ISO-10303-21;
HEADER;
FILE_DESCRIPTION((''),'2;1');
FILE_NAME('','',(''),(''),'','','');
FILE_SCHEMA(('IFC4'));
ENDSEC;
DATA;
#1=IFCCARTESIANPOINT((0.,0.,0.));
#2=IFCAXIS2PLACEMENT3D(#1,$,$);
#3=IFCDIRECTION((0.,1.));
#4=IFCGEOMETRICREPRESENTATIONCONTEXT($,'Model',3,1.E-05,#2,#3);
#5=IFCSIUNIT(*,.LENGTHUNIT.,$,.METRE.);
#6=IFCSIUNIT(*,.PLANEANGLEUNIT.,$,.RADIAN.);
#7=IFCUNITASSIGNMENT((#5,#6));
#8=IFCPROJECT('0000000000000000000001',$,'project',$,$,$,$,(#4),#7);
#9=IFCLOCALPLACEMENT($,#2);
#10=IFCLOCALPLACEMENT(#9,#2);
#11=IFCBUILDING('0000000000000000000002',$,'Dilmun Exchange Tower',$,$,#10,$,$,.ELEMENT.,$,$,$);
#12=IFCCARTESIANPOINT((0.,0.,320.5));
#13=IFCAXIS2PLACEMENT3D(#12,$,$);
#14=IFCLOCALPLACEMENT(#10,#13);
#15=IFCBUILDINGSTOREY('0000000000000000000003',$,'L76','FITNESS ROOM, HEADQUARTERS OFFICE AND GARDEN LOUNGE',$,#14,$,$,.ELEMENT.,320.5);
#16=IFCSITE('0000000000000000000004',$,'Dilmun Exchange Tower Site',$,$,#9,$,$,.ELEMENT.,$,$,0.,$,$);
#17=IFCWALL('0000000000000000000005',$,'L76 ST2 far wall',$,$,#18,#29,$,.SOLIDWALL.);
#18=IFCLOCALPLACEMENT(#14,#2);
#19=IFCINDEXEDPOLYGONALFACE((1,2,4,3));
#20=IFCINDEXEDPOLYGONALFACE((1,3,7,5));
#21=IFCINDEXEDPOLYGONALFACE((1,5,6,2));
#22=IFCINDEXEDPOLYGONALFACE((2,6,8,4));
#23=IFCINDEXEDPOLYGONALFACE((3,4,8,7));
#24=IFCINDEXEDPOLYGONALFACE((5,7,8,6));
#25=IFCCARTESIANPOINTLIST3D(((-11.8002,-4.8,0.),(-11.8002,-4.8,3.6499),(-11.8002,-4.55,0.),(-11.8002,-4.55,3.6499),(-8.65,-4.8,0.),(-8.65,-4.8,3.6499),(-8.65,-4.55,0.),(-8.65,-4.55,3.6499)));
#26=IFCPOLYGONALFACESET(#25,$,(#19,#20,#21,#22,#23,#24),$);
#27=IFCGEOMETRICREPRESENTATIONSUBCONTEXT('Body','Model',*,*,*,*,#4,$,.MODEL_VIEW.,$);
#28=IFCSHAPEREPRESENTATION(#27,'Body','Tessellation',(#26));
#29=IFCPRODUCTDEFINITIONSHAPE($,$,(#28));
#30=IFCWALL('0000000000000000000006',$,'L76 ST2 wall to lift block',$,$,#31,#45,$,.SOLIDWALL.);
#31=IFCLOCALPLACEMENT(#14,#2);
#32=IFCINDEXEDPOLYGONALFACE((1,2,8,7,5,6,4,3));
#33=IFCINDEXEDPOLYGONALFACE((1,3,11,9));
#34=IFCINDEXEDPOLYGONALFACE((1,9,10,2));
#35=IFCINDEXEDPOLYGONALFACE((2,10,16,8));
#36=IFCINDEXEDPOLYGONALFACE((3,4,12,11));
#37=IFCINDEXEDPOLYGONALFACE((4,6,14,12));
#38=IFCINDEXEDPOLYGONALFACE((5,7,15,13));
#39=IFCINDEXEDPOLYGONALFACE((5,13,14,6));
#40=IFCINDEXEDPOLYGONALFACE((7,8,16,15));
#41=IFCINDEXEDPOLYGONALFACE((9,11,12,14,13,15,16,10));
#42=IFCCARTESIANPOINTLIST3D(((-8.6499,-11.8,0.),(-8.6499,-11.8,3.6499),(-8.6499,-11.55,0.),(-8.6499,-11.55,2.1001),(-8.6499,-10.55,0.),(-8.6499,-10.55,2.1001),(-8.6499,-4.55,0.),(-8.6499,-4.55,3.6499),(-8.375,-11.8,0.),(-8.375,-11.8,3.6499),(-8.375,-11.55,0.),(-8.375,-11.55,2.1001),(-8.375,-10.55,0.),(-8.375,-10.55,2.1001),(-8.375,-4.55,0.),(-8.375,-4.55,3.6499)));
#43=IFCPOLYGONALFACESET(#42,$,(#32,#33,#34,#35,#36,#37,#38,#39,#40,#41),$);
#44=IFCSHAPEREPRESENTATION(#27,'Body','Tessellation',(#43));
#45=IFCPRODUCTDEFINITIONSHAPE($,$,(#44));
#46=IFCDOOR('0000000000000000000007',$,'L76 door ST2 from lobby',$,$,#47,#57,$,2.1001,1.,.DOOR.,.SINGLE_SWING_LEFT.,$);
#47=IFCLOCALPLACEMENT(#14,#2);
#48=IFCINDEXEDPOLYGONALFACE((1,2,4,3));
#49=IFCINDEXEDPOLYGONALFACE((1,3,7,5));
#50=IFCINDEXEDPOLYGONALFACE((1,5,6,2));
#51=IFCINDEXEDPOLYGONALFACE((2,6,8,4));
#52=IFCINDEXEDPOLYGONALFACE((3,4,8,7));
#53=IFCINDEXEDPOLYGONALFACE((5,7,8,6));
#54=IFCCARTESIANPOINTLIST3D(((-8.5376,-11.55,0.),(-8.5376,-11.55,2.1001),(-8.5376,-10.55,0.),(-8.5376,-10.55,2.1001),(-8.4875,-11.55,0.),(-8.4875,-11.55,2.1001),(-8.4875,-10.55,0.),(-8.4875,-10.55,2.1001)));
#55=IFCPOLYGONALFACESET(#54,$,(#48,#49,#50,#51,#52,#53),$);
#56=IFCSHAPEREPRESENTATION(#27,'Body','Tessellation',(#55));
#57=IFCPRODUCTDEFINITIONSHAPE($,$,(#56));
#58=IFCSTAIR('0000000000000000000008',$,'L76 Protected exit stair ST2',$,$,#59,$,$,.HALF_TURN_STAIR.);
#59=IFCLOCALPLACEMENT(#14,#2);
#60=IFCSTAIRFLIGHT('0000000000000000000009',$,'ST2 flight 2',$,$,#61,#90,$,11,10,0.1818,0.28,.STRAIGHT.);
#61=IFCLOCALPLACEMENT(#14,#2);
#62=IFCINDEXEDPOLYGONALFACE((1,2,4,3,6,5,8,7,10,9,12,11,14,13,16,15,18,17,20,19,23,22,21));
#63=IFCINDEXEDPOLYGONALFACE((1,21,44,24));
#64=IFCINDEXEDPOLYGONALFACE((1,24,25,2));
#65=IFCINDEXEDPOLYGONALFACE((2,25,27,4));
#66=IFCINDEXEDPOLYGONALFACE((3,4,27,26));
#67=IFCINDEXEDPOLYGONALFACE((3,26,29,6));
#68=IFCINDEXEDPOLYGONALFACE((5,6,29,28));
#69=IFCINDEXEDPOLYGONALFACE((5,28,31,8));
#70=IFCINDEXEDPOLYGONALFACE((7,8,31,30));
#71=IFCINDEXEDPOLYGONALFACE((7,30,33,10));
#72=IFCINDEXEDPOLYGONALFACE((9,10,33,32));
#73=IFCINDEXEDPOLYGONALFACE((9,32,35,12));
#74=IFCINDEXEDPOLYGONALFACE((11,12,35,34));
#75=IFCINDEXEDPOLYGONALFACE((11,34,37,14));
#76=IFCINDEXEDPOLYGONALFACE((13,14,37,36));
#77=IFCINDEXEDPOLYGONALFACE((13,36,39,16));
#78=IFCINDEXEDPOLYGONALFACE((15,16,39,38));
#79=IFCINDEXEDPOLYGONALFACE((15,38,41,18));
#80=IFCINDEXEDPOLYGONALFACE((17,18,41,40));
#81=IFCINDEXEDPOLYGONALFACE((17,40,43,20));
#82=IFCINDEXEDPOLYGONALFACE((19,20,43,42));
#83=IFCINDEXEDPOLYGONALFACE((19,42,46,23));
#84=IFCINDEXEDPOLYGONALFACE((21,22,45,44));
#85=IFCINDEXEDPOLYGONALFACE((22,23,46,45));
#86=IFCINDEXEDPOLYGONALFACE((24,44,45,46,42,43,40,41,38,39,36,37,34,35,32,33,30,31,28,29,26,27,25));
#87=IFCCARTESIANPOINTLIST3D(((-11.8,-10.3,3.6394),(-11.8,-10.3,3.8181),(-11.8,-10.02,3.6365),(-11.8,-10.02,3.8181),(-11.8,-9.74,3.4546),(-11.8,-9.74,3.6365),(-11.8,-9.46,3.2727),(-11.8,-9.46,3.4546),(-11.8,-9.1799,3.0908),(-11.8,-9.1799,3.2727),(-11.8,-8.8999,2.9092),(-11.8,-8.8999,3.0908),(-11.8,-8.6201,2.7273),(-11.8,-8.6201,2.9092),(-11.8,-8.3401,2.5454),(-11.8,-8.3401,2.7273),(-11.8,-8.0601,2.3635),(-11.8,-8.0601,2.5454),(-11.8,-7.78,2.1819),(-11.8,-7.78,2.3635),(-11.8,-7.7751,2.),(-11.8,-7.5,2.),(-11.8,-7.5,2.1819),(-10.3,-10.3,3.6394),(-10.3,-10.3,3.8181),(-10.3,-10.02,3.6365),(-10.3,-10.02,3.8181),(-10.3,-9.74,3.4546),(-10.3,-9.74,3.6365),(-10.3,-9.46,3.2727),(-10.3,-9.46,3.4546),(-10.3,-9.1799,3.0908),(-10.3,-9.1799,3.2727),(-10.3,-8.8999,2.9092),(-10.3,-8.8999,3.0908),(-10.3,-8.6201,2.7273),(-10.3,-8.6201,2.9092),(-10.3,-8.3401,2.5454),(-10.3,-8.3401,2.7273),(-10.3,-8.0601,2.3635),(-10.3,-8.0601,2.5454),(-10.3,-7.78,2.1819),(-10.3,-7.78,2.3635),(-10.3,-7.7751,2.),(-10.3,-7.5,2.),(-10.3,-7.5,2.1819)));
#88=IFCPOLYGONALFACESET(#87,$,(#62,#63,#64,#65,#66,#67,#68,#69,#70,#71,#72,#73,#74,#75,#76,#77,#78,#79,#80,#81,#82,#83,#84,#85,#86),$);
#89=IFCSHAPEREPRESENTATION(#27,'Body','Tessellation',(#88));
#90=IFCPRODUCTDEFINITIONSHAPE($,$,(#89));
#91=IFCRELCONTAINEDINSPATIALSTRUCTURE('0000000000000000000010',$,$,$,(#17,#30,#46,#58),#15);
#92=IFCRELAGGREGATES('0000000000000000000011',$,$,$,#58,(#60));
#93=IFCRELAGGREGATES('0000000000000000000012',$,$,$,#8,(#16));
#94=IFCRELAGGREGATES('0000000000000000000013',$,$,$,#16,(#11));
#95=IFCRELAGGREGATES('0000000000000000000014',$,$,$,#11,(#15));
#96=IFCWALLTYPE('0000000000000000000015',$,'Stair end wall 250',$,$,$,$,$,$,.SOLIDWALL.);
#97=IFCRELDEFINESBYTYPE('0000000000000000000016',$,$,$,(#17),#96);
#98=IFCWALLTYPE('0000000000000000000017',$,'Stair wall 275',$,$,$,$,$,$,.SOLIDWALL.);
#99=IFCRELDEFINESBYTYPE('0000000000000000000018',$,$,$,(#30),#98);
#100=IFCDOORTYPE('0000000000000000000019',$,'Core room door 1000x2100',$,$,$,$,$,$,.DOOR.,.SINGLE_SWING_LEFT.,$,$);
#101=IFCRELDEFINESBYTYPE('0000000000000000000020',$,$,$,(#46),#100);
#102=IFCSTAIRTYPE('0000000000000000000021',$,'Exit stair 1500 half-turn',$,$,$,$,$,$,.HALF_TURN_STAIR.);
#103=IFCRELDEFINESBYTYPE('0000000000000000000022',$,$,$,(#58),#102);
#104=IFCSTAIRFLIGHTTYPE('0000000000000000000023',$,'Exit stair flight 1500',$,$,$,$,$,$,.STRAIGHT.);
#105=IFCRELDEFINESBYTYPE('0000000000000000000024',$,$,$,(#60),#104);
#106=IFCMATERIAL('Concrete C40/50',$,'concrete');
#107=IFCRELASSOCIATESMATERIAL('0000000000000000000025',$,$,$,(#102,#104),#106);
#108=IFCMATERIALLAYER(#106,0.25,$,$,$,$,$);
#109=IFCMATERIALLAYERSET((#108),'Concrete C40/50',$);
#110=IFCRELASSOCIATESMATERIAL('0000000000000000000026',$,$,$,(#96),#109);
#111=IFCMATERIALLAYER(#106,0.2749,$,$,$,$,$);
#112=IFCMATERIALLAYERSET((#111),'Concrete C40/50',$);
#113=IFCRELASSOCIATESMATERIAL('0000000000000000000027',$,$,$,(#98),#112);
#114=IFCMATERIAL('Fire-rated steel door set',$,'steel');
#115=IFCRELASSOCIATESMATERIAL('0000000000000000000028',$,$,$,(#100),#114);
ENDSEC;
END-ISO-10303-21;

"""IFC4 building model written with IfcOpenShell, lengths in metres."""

from ifc_helpers import new_model, si_unit, direction, frame, frame_2d, origin, place, context, subcontext, project, spatial, polyline, rectangle, outline, extrude, material, layer, layer_set, type_object, element, fill, aggregate, save


model = new_model("IFC4")

# Units and contexts
model_context = context("Model", 3, precision=1e-05, world=origin(), true_north=direction((0.0, 1.0)))
body_context = subcontext(model_context, "Body", "Model", "MODEL_VIEW")
ifc_project = project(units=[si_unit("LENGTHUNIT", "METRE"), si_unit("PLANEANGLEUNIT", "RADIAN")], contexts=[model_context])

# Site, building, storey
site_placement = place(None, origin())
site = spatial("IfcSite", under=ifc_project, at=site_placement, Name="Dilmun Exchange Tower Site", CompositionType="ELEMENT", RefElevation=0.0)
building_placement = place(site_placement, origin())
building = spatial("IfcBuilding", under=site, at=building_placement, Name="Dilmun Exchange Tower", CompositionType="ELEMENT")
storey_placement = place(building_placement, frame((0.0, 0.0, 320.5)))
storey = spatial("IfcBuildingStorey", under=building, at=storey_placement, Name="L76", Description="FITNESS ROOM, HEADQUARTERS OFFICE AND GARDEN LOUNGE", CompositionType="ELEMENT", Elevation=320.5)

# Shared definitions
ifc_material_1 = material(Name="Concrete C40/50", Category="concrete")
stair_type = type_object("IfcStairType", Name="Exit stair 1500 half-turn", PredefinedType="HALF_TURN_STAIR", material=ifc_material_1)

# Wall
ifc_layer_1 = layer(ifc_material_1, 0.25)
ifc_layer_set_1 = layer_set([ifc_layer_1], Name="Concrete C40/50")
wall_type_1 = type_object("IfcWallType", Name="Stair end wall 250", PredefinedType="SOLIDWALL", material=ifc_layer_set_1)
wall_1_placement = place(storey_placement, frame((-8.6499, -4.675, 0.0), z_axis=(0.0, 0.0, 1.0), x_axis=(-1.0, 0.0, 0.0)))
element("IfcWall", 1, at=wall_1_placement, inside=storey, type_object=wall_type_1, Name="L76 ST2 far wall", PredefinedType="SOLIDWALL", context=body_context, shape_type="SweptSolid", body=[
    extrude(rectangle(XDim=3.1501, YDim=0.25, at=frame_2d((1.5752, 0.0))), origin(), (0.0, 0.0, 1.0), 3.6499),
])

# Wall, opening, door
ifc_layer_2 = layer(ifc_material_1, 0.2749)
ifc_layer_set_2 = layer_set([ifc_layer_2], Name="Concrete C40/50")
wall_type_2 = type_object("IfcWallType", Name="Stair wall 275", PredefinedType="SOLIDWALL", material=ifc_layer_set_2)
wall_2_placement = place(storey_placement, frame((-8.5125, -4.55, 0.0), z_axis=(0.0, 0.0, 1.0), x_axis=(0.0, -1.0, 0.0)))
wall_2 = element("IfcWall", 2, at=wall_2_placement, inside=storey, type_object=wall_type_2, Name="L76 ST2 wall to lift block", PredefinedType="SOLIDWALL", context=body_context, shape_type="SweptSolid", body=[
    extrude(rectangle(XDim=7.25, YDim=0.2749, at=frame_2d((3.625, 0.0))), origin(), (0.0, 0.0, 1.0), 3.6499),
])
opening_placement = place(wall_2_placement, frame((6.0, 0.0, 0.0)))
opening = element("IfcOpeningElement", 3, at=opening_placement, cuts=wall_2, PredefinedType="OPENING", context=body_context, shape_type="SweptSolid", body=[
    extrude(rectangle(XDim=1.0, YDim=2.1001, at=frame_2d((0.5, 1.05))), frame((0.0, 0.1475, 0.0), z_axis=(0.0, -1.0, 0.0), x_axis=(1.0, 0.0, 0.0)), (0.0, 0.0, 1.0), 0.2949),
])
ifc_material_2 = material(Name="Fire-rated steel door set", Category="steel")
door_type = type_object("IfcDoorType", Name="Core room door 1000x2100", OperationType="SINGLE_SWING_LEFT", PredefinedType="DOOR", material=ifc_material_2)
door_placement = place(opening_placement, origin())
door = element("IfcDoor", 4, at=door_placement, inside=storey, type_object=door_type, Name="L76 door ST2 from lobby", OperationType="SINGLE_SWING_LEFT", OverallHeight=2.1001, OverallWidth=1.0, PredefinedType="DOOR", context=body_context, shape_type="SweptSolid", body=[
    extrude(rectangle(XDim=1.0, YDim=2.1001, at=frame_2d((0.5, 1.05))), frame((0.0, 0.0249, 0.0), z_axis=(0.0, -1.0, 0.0), x_axis=(1.0, 0.0, 0.0)), (0.0, 0.0, 1.0), 0.05),
])
fill(opening, door)

# Stair, stair flight
stair_1_placement = place(storey_placement, origin())
stair_1 = element("IfcStair", 5, at=stair_1_placement, inside=storey, type_object=stair_type, Name="L76 Protected exit stair ST2", PredefinedType="HALF_TURN_STAIR")
stair_flight_type = type_object("IfcStairFlightType", Name="Exit stair flight 1500", PredefinedType="STRAIGHT", material=ifc_material_1)
stair_flight_placement = place(storey_placement, frame((-11.05, -7.5, 2.0), z_axis=(0.0, 0.0, 1.0), x_axis=(0.0, -1.0, 0.0)))
stair_flight = element("IfcStairFlight", 6, at=stair_flight_placement, type_object=stair_flight_type, Name="ST2 flight 2", NumberOfRisers=11, NumberOfTreads=10, PredefinedType="STRAIGHT", RiserHeight=0.1818, TreadLength=0.28, context=body_context, shape_type="SweptSolid", body=[
    extrude(outline(polyline([(0.0, 0.0), (0.0, 0.1819), (0.28, 0.1819), (0.28, 0.3635), (0.5601, 0.3635), (0.5601, 0.5454), (0.8401, 0.5454), (0.8401, 0.7273), (1.1201, 0.7273), (1.1201, 0.9092), (1.3999, 0.9092), (1.3999, 1.0908), (1.6799, 1.0908), (1.6799, 1.2727), (1.96, 1.2727), (1.96, 1.4546), (2.24, 1.4546), (2.24, 1.6365), (2.52, 1.6365), (2.52, 1.8181), (2.8, 1.8181), (2.8, 2.0), (2.8, 1.6394), (0.2751, 0.0), (0.0, 0.0)])), frame((0.0, 0.75, 0.0), z_axis=(0.0, -1.0, 0.0), x_axis=(1.0, 0.0, 0.0)), (0.0, 0.0, 1.0), 1.5),
])
aggregate(stair_1, [stair_flight])

save(model, "model.ifc")
